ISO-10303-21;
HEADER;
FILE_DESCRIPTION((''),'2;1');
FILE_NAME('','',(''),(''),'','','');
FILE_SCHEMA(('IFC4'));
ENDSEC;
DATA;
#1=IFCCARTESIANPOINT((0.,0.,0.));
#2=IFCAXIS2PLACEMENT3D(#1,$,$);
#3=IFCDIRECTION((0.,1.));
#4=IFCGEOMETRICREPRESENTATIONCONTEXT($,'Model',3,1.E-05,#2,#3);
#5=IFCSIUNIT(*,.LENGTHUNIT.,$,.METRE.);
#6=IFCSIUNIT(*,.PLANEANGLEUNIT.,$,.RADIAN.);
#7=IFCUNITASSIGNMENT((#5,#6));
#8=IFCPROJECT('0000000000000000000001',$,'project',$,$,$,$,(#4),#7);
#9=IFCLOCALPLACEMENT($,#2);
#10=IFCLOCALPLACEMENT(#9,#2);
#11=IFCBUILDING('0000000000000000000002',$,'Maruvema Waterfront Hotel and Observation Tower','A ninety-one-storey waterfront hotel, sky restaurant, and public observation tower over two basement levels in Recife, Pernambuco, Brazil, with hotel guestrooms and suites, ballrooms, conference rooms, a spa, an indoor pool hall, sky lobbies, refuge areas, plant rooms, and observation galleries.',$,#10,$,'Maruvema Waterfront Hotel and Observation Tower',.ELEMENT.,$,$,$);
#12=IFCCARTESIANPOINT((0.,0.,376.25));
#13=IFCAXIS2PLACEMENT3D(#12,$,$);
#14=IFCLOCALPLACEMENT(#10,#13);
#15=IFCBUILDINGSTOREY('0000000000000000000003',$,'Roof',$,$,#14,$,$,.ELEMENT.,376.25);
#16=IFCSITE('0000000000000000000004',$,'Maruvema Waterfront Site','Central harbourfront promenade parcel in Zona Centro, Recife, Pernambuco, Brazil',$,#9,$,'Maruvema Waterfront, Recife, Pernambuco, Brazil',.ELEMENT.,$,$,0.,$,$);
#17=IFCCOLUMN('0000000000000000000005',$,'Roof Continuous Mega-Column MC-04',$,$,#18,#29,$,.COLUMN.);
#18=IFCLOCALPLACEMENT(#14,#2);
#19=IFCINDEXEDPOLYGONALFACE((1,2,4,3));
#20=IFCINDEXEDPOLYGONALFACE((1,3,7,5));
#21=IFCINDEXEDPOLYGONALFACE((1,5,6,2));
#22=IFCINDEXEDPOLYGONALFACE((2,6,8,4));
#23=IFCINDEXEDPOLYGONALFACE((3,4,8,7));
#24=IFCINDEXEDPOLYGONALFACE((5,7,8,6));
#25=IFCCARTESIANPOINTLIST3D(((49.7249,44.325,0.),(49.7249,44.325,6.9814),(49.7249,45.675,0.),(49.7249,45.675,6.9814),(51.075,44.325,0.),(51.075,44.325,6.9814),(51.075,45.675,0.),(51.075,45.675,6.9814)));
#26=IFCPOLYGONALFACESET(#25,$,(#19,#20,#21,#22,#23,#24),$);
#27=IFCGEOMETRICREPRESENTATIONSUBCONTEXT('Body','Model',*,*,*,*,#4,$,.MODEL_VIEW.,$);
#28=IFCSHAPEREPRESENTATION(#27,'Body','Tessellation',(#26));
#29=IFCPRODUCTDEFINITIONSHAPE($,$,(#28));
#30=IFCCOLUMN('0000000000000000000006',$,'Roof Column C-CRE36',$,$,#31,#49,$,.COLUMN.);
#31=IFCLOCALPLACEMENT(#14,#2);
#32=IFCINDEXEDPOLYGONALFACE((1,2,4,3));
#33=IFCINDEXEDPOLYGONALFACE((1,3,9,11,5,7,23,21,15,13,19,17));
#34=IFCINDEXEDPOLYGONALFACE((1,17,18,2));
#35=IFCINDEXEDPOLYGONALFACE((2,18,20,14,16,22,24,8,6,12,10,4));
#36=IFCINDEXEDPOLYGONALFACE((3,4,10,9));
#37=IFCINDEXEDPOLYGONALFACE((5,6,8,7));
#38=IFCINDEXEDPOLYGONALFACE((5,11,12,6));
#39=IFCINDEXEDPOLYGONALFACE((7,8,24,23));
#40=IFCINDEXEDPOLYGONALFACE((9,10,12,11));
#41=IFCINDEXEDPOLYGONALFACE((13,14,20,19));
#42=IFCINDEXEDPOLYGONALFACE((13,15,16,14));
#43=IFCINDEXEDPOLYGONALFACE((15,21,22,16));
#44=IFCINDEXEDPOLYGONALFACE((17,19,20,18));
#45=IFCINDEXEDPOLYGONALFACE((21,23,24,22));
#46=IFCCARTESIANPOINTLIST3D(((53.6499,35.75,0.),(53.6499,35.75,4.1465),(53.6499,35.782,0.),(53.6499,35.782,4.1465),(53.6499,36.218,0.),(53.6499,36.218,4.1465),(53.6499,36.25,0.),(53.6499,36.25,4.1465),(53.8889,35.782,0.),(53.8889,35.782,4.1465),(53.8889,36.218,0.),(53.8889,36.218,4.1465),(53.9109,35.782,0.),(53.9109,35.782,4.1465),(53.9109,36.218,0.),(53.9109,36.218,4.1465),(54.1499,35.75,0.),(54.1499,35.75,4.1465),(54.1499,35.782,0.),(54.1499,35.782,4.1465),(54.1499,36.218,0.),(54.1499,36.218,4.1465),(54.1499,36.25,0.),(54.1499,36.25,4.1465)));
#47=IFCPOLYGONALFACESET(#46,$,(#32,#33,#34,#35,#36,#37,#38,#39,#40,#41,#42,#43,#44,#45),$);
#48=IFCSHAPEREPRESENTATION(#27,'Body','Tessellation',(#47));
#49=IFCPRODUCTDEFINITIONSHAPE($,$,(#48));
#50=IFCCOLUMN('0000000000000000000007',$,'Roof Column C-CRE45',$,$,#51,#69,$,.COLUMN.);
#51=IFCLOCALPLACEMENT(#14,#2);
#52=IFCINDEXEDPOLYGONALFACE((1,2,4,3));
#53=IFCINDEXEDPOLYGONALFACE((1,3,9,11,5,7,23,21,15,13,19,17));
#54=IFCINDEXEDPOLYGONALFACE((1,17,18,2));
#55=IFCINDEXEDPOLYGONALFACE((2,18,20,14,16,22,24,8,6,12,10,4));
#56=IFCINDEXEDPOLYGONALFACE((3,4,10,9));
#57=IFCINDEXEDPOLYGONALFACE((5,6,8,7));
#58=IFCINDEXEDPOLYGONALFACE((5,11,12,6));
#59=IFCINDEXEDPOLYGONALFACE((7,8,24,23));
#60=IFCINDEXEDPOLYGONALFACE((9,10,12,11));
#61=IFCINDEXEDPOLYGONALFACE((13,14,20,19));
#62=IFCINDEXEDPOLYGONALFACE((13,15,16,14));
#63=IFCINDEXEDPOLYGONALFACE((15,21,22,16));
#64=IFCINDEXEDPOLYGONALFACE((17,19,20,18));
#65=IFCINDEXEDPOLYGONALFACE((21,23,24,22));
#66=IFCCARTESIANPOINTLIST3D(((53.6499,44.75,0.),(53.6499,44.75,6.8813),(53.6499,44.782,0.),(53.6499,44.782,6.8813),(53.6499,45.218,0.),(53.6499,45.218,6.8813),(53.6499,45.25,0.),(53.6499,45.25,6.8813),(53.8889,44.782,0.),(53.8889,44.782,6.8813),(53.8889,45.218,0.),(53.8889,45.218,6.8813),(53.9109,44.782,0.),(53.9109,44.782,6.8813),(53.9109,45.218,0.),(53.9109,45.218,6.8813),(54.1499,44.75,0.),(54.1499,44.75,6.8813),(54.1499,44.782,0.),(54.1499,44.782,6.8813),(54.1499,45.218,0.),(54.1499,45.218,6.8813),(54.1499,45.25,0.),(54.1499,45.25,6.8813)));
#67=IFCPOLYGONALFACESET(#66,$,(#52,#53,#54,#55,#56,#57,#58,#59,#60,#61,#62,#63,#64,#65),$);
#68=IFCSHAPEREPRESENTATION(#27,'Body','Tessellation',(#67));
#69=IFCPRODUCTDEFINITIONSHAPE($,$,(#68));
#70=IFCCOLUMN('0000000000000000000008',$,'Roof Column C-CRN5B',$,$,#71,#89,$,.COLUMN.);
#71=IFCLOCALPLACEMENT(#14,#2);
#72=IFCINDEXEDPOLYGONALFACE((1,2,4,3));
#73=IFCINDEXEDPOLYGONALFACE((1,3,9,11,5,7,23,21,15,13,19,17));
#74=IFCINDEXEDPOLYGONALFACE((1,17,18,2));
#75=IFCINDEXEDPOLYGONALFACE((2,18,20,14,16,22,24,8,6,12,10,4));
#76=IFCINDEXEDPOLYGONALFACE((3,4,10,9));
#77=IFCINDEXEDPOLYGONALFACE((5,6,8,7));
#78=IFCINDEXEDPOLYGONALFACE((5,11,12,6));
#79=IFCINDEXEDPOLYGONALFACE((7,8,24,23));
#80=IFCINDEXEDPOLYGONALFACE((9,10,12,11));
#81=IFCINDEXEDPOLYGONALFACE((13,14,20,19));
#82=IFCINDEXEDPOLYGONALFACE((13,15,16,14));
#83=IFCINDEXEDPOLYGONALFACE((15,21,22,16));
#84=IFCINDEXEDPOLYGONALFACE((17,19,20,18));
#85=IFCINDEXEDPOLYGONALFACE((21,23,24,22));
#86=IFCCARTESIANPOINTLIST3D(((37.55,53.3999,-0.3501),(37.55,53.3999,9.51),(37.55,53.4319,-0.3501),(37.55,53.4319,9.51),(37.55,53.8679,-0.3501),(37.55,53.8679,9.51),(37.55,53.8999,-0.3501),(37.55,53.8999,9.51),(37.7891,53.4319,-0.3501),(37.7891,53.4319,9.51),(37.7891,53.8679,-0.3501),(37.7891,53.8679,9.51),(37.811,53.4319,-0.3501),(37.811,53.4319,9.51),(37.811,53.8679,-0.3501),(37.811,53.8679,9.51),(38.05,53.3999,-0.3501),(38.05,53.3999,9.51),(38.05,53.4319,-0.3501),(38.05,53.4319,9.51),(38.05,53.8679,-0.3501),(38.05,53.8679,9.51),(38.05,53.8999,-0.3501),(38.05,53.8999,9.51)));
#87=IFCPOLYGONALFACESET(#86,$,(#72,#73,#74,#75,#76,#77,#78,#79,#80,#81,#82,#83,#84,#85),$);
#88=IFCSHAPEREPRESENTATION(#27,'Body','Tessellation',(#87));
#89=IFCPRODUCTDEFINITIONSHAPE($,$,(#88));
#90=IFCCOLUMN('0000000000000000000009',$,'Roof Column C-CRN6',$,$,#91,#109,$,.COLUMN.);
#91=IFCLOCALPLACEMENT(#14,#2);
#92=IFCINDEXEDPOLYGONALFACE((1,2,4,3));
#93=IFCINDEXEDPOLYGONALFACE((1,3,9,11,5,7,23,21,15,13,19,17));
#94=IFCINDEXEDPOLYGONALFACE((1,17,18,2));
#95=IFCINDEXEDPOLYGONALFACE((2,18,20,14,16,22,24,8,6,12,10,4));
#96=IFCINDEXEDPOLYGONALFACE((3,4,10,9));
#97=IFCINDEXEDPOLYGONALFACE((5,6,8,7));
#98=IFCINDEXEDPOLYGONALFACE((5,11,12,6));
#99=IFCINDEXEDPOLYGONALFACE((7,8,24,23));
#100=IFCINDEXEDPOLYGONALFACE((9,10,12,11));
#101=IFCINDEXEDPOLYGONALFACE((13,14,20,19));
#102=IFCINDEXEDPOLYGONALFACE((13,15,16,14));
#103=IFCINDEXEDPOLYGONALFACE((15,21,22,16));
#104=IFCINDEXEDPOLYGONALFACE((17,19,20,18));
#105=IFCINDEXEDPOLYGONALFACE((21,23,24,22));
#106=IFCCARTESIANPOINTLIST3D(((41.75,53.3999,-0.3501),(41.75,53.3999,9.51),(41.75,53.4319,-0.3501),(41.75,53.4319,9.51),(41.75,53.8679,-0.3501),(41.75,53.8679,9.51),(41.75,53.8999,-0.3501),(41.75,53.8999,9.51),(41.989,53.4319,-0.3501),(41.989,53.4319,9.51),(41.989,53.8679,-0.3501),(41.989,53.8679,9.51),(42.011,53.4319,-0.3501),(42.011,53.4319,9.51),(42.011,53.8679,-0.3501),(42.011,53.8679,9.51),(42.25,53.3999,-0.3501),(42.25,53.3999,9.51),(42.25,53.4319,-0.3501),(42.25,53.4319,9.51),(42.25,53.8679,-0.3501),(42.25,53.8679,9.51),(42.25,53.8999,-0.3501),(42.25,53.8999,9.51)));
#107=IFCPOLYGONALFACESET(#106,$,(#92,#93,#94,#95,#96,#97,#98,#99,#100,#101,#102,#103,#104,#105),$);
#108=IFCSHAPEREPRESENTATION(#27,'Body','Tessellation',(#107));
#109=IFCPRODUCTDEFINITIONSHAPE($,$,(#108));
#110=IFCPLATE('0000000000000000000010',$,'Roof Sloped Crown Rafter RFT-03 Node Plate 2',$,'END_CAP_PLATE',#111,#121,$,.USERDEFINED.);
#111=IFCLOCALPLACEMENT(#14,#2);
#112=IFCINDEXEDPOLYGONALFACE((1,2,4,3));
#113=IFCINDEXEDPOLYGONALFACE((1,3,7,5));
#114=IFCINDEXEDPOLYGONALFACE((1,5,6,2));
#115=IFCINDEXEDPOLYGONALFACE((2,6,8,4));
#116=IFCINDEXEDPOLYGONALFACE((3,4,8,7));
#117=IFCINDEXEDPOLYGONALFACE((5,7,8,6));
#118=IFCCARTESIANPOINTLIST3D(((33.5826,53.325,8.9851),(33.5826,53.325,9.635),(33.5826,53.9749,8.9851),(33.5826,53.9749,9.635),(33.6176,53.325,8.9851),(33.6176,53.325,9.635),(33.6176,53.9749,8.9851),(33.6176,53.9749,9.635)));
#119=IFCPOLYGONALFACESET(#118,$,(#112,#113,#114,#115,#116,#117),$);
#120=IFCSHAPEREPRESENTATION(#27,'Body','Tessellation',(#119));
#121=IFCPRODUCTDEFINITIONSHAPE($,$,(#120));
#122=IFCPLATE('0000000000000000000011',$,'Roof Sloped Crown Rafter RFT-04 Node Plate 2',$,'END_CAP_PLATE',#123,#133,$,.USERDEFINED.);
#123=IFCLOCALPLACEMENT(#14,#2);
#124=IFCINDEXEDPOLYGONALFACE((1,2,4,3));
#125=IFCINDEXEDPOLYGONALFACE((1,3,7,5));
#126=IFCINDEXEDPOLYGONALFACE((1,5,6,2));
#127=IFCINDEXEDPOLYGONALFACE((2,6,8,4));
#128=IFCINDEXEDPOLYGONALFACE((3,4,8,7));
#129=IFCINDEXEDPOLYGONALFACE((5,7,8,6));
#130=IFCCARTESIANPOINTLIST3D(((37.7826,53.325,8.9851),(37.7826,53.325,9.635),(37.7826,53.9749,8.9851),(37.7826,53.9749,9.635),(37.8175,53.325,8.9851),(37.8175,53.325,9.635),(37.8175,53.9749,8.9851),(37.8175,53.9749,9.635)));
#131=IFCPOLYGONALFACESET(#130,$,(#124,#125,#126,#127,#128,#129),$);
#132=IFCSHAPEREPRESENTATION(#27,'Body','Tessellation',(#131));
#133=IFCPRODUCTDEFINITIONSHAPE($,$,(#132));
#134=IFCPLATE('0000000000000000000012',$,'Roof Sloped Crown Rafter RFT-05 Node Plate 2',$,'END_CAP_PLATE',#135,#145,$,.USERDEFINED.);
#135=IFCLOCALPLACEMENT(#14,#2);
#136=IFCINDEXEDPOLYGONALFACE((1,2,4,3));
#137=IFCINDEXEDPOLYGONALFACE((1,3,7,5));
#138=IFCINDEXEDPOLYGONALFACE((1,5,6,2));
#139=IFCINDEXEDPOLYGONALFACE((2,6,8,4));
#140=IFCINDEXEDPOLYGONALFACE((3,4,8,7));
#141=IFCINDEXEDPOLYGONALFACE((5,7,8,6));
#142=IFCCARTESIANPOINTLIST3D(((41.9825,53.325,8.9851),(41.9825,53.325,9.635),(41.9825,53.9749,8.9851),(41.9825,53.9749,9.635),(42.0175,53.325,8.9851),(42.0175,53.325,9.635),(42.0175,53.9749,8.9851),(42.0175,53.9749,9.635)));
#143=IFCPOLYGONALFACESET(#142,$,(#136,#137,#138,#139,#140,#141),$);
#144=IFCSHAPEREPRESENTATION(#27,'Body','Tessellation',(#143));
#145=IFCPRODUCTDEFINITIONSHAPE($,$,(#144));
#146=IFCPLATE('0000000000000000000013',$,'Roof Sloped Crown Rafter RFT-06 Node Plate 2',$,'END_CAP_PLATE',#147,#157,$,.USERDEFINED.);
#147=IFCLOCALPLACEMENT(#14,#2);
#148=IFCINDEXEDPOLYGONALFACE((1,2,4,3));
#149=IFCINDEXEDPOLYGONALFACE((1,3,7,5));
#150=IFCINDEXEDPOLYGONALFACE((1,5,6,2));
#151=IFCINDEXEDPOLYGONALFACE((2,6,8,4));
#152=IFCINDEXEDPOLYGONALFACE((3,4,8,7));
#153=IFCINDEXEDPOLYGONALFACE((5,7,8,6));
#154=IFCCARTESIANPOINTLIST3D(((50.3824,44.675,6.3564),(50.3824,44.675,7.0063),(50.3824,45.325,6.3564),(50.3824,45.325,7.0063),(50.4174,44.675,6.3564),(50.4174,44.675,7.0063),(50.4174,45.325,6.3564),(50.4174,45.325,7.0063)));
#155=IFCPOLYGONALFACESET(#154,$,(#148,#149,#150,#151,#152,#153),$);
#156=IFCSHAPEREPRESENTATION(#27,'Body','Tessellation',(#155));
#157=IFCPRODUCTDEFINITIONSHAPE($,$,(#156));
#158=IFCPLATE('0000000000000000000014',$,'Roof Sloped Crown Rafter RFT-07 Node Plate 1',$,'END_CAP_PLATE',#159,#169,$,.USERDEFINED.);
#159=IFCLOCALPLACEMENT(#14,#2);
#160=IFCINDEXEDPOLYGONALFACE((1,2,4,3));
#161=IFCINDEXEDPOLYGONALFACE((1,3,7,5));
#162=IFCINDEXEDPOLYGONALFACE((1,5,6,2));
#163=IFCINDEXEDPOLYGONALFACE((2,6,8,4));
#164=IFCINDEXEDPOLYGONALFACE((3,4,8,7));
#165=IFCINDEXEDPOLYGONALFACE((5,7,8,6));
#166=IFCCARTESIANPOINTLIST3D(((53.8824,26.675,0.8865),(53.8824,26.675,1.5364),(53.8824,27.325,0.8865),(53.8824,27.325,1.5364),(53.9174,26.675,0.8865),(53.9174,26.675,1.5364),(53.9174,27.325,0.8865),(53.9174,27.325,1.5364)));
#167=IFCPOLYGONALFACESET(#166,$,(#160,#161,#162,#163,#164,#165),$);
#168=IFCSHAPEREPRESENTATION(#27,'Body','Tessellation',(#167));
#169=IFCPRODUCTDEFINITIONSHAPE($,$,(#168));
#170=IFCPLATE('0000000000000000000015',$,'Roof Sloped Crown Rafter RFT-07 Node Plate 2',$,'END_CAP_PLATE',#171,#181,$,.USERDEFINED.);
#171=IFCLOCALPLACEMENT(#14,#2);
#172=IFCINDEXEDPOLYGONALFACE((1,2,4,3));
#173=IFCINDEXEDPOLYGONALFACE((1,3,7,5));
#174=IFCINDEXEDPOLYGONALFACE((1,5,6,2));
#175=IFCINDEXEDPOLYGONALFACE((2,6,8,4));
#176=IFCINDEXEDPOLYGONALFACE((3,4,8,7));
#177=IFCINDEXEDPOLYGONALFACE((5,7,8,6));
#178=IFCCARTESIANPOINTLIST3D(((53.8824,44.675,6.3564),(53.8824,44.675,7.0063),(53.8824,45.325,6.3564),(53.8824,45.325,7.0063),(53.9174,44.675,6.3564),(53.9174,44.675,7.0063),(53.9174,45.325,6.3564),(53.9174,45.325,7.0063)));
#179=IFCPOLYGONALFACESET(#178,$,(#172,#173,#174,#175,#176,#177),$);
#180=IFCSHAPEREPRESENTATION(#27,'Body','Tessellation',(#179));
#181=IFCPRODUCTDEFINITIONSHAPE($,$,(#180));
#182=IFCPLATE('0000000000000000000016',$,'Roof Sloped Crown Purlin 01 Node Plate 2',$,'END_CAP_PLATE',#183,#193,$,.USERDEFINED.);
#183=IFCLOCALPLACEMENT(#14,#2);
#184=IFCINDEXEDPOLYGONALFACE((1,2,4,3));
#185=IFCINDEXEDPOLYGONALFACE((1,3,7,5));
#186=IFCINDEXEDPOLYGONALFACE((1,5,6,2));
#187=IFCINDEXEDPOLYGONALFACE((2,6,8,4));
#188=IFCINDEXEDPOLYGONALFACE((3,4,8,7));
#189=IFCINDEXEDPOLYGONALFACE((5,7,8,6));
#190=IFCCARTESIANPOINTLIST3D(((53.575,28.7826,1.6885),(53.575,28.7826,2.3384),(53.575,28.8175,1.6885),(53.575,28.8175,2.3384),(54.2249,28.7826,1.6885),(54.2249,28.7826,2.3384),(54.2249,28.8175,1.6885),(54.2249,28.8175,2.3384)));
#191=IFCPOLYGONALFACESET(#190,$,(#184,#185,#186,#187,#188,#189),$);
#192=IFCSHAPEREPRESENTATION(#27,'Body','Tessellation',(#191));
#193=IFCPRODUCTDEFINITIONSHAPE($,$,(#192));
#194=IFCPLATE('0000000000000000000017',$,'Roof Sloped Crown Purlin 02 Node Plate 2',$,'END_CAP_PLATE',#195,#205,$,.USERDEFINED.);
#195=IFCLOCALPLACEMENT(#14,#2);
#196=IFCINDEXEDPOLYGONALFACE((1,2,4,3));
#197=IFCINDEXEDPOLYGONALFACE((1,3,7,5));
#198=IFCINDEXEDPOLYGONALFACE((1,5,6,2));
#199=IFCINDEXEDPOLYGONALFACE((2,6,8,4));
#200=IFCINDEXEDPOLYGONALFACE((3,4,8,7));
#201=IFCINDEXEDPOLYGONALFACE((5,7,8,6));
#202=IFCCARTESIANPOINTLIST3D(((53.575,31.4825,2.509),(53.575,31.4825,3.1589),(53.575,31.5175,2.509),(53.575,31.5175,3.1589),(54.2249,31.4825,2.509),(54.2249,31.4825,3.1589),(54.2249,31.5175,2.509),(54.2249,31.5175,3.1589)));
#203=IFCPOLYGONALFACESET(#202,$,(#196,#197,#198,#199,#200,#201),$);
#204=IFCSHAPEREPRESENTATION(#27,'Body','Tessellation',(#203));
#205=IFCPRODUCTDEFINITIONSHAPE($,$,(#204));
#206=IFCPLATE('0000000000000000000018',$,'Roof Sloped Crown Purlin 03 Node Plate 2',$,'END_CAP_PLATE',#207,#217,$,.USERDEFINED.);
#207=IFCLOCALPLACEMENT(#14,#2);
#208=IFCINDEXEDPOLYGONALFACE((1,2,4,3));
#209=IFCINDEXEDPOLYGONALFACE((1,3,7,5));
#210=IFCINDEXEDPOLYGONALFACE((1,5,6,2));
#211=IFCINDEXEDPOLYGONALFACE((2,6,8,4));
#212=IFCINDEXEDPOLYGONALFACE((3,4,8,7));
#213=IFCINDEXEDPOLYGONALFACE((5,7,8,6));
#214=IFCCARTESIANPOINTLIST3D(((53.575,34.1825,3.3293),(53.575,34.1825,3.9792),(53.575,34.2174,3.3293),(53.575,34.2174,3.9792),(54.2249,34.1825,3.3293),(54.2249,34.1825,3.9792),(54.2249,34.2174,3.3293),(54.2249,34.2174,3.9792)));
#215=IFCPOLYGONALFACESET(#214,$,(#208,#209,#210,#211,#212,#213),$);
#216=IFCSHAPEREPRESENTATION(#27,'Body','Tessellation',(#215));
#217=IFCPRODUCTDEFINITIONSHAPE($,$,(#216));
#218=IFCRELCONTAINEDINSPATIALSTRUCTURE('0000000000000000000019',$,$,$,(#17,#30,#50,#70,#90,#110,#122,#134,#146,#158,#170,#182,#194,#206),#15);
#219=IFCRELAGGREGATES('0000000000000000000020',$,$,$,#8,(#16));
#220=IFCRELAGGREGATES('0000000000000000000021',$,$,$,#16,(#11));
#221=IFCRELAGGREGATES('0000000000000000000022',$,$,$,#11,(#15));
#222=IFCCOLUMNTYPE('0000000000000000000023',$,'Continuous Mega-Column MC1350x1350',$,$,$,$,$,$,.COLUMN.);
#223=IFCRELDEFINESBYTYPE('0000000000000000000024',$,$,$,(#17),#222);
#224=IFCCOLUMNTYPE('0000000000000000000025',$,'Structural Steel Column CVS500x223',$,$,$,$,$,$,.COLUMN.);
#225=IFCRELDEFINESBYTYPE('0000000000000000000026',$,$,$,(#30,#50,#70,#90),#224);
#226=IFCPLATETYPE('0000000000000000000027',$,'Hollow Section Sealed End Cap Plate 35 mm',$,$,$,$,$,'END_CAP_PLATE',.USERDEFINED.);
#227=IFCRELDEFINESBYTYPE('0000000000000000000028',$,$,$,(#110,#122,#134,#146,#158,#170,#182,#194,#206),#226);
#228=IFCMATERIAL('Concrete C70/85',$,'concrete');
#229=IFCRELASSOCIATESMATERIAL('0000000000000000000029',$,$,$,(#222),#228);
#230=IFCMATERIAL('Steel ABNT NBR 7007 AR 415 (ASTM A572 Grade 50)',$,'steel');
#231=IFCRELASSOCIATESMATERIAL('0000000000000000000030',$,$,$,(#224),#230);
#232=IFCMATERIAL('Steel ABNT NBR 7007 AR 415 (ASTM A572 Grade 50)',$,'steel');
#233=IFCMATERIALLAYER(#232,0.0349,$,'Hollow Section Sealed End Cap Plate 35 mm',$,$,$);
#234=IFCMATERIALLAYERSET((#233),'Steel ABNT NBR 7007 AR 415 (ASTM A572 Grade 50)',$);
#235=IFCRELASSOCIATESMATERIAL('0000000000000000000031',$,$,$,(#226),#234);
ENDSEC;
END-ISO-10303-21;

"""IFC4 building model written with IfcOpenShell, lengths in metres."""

from ifc_helpers import new_model, si_unit, direction, frame, origin, origin_2d, place, context, subcontext, project, spatial, rectangle, i_section, extrude, material, layer, layer_set, material_profile, profile_set, type_object, element, save


model = new_model("IFC4")

# Units and contexts
model_context = context("Model", 3, precision=1e-05, world=origin(), true_north=direction((0.0, 1.0)))
body_context = subcontext(model_context, "Body", "Model", "MODEL_VIEW")
ifc_project = project(units=[si_unit("LENGTHUNIT", "METRE"), si_unit("PLANEANGLEUNIT", "RADIAN")], contexts=[model_context])

# Site, building, storey
site_placement = place(None, origin())
site = spatial("IfcSite", under=ifc_project, at=site_placement, Name="Maruvema Waterfront Site", Description="Central harbourfront promenade parcel in Zona Centro, Recife, Pernambuco, Brazil", LongName="Maruvema Waterfront, Recife, Pernambuco, Brazil", CompositionType="ELEMENT", RefElevation=0.0)
building_placement = place(site_placement, origin())
building = spatial("IfcBuilding", under=site, at=building_placement, Name="Maruvema Waterfront Hotel and Observation Tower", Description="A ninety-one-storey waterfront hotel, sky restaurant, and public observation tower over two basement levels in Recife, Pernambuco, Brazil, with hotel guestrooms and suites, ballrooms, conference rooms, a spa, an indoor pool hall, sky lobbies, refuge areas, plant rooms, and observation galleries.", LongName="Maruvema Waterfront Hotel and Observation Tower", CompositionType="ELEMENT")
storey_placement = place(building_placement, frame((0.0, 0.0, 376.25)))
storey = spatial("IfcBuildingStorey", under=building, at=storey_placement, Name="Roof", CompositionType="ELEMENT", Elevation=376.25)

# Columns
ifc_material_1 = material(Name="Concrete C70/85", Category="concrete")
ifc_material_profile_1 = material_profile(ifc_material_1, rectangle(XDim=1.3501, YDim=1.3501, at=origin_2d()), Name="MC1350x1350")
ifc_profile_set_1 = profile_set([ifc_material_profile_1], Name="Concrete C70/85")
column_type_1 = type_object("IfcColumnType", Name="Continuous Mega-Column MC1350x1350", PredefinedType="COLUMN", material=ifc_profile_set_1)
column_1_placement = place(storey_placement, frame((50.3999, 45.0, 0.0), z_axis=(0.0, 0.0, 1.0), x_axis=(1.0, 0.0, 0.0)))
element("IfcColumn", 1, at=column_1_placement, inside=storey, type_object=column_type_1, Name="Roof Continuous Mega-Column MC-04", PredefinedType="COLUMN", context=body_context, shape_type="SweptSolid", body=[
    extrude(rectangle(XDim=1.3501, YDim=1.3501, at=origin_2d()), origin(), (0.0, 0.0, 1.0), 6.9814),
])
ifc_material_2 = material(Name="Steel ABNT NBR 7007 AR 415 (ASTM A572 Grade 50)", Category="steel")
ifc_material_profile_2 = material_profile(ifc_material_2, i_section(OverallWidth=0.5, OverallDepth=0.5, WebThickness=0.022, FlangeThickness=0.032, at=origin_2d()), Name="CVS500x223")
ifc_profile_set_2 = profile_set([ifc_material_profile_2], Name="Steel ABNT NBR 7007 AR 415 (ASTM A572 Grade 50)")
column_type_2 = type_object("IfcColumnType", Name="Structural Steel Column CVS500x223", PredefinedType="COLUMN", material=ifc_profile_set_2)
column_2_placement = place(storey_placement, frame((53.8999, 36.0, 0.0), z_axis=(0.0, 0.0, 1.0), x_axis=(1.0, 0.0, 0.0)))
element("IfcColumn", 2, at=column_2_placement, inside=storey, type_object=column_type_2, Name="Roof Column C-CRE36", PredefinedType="COLUMN", context=body_context, shape_type="SweptSolid", body=[
    extrude(i_section(OverallWidth=0.5, OverallDepth=0.5, WebThickness=0.022, FlangeThickness=0.032, at=origin_2d()), origin(), (0.0, 0.0, 1.0), 4.1465),
])
column_3_placement = place(storey_placement, frame((53.8999, 45.0, 0.0), z_axis=(0.0, 0.0, 1.0), x_axis=(1.0, 0.0, 0.0)))
element("IfcColumn", 3, at=column_3_placement, inside=storey, type_object=column_type_2, Name="Roof Column C-CRE45", PredefinedType="COLUMN", context=body_context, shape_type="SweptSolid", body=[
    extrude(i_section(OverallWidth=0.5, OverallDepth=0.5, WebThickness=0.022, FlangeThickness=0.032, at=origin_2d()), origin(), (0.0, 0.0, 1.0), 6.8813),
])
for number, where, z_axis, x_axis, name in (
    (4, (37.8, 53.6499, -0.3501), (0.0, 0.0, 1.0), (1.0, 0.0, 0.0), "Roof Column C-CRN5B"),
    (5, (42.0, 53.6499, -0.3501), (0.0, 0.0, 1.0), (1.0, 0.0, 0.0), "Roof Column C-CRN6"),
):
    element("IfcColumn", number, at=place(storey_placement, frame(where, z_axis=z_axis, x_axis=x_axis)), inside=storey, type_object=column_type_2, Name=name, PredefinedType="COLUMN", context=body_context, shape_type="SweptSolid", body=[
        extrude(i_section(OverallWidth=0.5, OverallDepth=0.5, WebThickness=0.022, FlangeThickness=0.032, at=origin_2d()), origin(), (0.0, 0.0, 1.0), 9.8601),
    ])

# Plates
ifc_material_3 = material(Name="Steel ABNT NBR 7007 AR 415 (ASTM A572 Grade 50)", Category="steel")
ifc_layer_1 = layer(ifc_material_3, 0.0349, Name="Hollow Section Sealed End Cap Plate 35 mm")
ifc_layer_set_1 = layer_set([ifc_layer_1], Name="Steel ABNT NBR 7007 AR 415 (ASTM A572 Grade 50)")
plate_type = type_object("IfcPlateType", Name="Hollow Section Sealed End Cap Plate 35 mm", ElementType="END_CAP_PLATE", PredefinedType="USERDEFINED", material=ifc_layer_set_1)
for number, where, z_axis, x_axis, name in (
    (6, (33.6001, 53.6499, 8.9851), (0.0, 0.0, 1.0), (0.0, 1.0, 0.0), "Roof Sloped Crown Rafter RFT-03 Node Plate 2"),
    (7, (37.8, 53.6499, 8.9851), (0.0, 0.0, 1.0), (0.0, 1.0, 0.0), "Roof Sloped Crown Rafter RFT-04 Node Plate 2"),
    (8, (42.0, 53.6499, 8.9851), (0.0, 0.0, 1.0), (0.0, 1.0, 0.0), "Roof Sloped Crown Rafter RFT-05 Node Plate 2"),
    (9, (50.3999, 45.0, 6.3564), (0.0, 0.0, 1.0), (0.0, 1.0, 0.0), "Roof Sloped Crown Rafter RFT-06 Node Plate 2"),
    (10, (53.8999, 27.0, 0.8865), (0.0, 0.0, 1.0), (0.0, 1.0, 0.0), "Roof Sloped Crown Rafter RFT-07 Node Plate 1"),
    (11, (53.8999, 45.0, 6.3564), (0.0, 0.0, 1.0), (0.0, 1.0, 0.0), "Roof Sloped Crown Rafter RFT-07 Node Plate 2"),
    (12, (53.8999, 28.8, 1.6885), (0.0, 0.0, 1.0), (1.0, 0.0, 0.0), "Roof Sloped Crown Purlin 01 Node Plate 2"),
    (13, (53.8999, 31.5, 2.509), (0.0, 0.0, 1.0), (1.0, 0.0, 0.0), "Roof Sloped Crown Purlin 02 Node Plate 2"),
    (14, (53.8999, 34.2, 3.3293), (0.0, 0.0, 1.0), (1.0, 0.0, 0.0), "Roof Sloped Crown Purlin 03 Node Plate 2"),
):
    element("IfcPlate", number, at=place(storey_placement, frame(where, z_axis=z_axis, x_axis=x_axis)), inside=storey, type_object=plate_type, Name=name, ObjectType="END_CAP_PLATE", PredefinedType="USERDEFINED", context=body_context, shape_type="SweptSolid", body=[
        extrude(rectangle(XDim=0.6499, YDim=0.0349, at=origin_2d()), origin(), (0.0, 0.0, 1.0), 0.6499),
    ])

save(model, "model.ifc")
